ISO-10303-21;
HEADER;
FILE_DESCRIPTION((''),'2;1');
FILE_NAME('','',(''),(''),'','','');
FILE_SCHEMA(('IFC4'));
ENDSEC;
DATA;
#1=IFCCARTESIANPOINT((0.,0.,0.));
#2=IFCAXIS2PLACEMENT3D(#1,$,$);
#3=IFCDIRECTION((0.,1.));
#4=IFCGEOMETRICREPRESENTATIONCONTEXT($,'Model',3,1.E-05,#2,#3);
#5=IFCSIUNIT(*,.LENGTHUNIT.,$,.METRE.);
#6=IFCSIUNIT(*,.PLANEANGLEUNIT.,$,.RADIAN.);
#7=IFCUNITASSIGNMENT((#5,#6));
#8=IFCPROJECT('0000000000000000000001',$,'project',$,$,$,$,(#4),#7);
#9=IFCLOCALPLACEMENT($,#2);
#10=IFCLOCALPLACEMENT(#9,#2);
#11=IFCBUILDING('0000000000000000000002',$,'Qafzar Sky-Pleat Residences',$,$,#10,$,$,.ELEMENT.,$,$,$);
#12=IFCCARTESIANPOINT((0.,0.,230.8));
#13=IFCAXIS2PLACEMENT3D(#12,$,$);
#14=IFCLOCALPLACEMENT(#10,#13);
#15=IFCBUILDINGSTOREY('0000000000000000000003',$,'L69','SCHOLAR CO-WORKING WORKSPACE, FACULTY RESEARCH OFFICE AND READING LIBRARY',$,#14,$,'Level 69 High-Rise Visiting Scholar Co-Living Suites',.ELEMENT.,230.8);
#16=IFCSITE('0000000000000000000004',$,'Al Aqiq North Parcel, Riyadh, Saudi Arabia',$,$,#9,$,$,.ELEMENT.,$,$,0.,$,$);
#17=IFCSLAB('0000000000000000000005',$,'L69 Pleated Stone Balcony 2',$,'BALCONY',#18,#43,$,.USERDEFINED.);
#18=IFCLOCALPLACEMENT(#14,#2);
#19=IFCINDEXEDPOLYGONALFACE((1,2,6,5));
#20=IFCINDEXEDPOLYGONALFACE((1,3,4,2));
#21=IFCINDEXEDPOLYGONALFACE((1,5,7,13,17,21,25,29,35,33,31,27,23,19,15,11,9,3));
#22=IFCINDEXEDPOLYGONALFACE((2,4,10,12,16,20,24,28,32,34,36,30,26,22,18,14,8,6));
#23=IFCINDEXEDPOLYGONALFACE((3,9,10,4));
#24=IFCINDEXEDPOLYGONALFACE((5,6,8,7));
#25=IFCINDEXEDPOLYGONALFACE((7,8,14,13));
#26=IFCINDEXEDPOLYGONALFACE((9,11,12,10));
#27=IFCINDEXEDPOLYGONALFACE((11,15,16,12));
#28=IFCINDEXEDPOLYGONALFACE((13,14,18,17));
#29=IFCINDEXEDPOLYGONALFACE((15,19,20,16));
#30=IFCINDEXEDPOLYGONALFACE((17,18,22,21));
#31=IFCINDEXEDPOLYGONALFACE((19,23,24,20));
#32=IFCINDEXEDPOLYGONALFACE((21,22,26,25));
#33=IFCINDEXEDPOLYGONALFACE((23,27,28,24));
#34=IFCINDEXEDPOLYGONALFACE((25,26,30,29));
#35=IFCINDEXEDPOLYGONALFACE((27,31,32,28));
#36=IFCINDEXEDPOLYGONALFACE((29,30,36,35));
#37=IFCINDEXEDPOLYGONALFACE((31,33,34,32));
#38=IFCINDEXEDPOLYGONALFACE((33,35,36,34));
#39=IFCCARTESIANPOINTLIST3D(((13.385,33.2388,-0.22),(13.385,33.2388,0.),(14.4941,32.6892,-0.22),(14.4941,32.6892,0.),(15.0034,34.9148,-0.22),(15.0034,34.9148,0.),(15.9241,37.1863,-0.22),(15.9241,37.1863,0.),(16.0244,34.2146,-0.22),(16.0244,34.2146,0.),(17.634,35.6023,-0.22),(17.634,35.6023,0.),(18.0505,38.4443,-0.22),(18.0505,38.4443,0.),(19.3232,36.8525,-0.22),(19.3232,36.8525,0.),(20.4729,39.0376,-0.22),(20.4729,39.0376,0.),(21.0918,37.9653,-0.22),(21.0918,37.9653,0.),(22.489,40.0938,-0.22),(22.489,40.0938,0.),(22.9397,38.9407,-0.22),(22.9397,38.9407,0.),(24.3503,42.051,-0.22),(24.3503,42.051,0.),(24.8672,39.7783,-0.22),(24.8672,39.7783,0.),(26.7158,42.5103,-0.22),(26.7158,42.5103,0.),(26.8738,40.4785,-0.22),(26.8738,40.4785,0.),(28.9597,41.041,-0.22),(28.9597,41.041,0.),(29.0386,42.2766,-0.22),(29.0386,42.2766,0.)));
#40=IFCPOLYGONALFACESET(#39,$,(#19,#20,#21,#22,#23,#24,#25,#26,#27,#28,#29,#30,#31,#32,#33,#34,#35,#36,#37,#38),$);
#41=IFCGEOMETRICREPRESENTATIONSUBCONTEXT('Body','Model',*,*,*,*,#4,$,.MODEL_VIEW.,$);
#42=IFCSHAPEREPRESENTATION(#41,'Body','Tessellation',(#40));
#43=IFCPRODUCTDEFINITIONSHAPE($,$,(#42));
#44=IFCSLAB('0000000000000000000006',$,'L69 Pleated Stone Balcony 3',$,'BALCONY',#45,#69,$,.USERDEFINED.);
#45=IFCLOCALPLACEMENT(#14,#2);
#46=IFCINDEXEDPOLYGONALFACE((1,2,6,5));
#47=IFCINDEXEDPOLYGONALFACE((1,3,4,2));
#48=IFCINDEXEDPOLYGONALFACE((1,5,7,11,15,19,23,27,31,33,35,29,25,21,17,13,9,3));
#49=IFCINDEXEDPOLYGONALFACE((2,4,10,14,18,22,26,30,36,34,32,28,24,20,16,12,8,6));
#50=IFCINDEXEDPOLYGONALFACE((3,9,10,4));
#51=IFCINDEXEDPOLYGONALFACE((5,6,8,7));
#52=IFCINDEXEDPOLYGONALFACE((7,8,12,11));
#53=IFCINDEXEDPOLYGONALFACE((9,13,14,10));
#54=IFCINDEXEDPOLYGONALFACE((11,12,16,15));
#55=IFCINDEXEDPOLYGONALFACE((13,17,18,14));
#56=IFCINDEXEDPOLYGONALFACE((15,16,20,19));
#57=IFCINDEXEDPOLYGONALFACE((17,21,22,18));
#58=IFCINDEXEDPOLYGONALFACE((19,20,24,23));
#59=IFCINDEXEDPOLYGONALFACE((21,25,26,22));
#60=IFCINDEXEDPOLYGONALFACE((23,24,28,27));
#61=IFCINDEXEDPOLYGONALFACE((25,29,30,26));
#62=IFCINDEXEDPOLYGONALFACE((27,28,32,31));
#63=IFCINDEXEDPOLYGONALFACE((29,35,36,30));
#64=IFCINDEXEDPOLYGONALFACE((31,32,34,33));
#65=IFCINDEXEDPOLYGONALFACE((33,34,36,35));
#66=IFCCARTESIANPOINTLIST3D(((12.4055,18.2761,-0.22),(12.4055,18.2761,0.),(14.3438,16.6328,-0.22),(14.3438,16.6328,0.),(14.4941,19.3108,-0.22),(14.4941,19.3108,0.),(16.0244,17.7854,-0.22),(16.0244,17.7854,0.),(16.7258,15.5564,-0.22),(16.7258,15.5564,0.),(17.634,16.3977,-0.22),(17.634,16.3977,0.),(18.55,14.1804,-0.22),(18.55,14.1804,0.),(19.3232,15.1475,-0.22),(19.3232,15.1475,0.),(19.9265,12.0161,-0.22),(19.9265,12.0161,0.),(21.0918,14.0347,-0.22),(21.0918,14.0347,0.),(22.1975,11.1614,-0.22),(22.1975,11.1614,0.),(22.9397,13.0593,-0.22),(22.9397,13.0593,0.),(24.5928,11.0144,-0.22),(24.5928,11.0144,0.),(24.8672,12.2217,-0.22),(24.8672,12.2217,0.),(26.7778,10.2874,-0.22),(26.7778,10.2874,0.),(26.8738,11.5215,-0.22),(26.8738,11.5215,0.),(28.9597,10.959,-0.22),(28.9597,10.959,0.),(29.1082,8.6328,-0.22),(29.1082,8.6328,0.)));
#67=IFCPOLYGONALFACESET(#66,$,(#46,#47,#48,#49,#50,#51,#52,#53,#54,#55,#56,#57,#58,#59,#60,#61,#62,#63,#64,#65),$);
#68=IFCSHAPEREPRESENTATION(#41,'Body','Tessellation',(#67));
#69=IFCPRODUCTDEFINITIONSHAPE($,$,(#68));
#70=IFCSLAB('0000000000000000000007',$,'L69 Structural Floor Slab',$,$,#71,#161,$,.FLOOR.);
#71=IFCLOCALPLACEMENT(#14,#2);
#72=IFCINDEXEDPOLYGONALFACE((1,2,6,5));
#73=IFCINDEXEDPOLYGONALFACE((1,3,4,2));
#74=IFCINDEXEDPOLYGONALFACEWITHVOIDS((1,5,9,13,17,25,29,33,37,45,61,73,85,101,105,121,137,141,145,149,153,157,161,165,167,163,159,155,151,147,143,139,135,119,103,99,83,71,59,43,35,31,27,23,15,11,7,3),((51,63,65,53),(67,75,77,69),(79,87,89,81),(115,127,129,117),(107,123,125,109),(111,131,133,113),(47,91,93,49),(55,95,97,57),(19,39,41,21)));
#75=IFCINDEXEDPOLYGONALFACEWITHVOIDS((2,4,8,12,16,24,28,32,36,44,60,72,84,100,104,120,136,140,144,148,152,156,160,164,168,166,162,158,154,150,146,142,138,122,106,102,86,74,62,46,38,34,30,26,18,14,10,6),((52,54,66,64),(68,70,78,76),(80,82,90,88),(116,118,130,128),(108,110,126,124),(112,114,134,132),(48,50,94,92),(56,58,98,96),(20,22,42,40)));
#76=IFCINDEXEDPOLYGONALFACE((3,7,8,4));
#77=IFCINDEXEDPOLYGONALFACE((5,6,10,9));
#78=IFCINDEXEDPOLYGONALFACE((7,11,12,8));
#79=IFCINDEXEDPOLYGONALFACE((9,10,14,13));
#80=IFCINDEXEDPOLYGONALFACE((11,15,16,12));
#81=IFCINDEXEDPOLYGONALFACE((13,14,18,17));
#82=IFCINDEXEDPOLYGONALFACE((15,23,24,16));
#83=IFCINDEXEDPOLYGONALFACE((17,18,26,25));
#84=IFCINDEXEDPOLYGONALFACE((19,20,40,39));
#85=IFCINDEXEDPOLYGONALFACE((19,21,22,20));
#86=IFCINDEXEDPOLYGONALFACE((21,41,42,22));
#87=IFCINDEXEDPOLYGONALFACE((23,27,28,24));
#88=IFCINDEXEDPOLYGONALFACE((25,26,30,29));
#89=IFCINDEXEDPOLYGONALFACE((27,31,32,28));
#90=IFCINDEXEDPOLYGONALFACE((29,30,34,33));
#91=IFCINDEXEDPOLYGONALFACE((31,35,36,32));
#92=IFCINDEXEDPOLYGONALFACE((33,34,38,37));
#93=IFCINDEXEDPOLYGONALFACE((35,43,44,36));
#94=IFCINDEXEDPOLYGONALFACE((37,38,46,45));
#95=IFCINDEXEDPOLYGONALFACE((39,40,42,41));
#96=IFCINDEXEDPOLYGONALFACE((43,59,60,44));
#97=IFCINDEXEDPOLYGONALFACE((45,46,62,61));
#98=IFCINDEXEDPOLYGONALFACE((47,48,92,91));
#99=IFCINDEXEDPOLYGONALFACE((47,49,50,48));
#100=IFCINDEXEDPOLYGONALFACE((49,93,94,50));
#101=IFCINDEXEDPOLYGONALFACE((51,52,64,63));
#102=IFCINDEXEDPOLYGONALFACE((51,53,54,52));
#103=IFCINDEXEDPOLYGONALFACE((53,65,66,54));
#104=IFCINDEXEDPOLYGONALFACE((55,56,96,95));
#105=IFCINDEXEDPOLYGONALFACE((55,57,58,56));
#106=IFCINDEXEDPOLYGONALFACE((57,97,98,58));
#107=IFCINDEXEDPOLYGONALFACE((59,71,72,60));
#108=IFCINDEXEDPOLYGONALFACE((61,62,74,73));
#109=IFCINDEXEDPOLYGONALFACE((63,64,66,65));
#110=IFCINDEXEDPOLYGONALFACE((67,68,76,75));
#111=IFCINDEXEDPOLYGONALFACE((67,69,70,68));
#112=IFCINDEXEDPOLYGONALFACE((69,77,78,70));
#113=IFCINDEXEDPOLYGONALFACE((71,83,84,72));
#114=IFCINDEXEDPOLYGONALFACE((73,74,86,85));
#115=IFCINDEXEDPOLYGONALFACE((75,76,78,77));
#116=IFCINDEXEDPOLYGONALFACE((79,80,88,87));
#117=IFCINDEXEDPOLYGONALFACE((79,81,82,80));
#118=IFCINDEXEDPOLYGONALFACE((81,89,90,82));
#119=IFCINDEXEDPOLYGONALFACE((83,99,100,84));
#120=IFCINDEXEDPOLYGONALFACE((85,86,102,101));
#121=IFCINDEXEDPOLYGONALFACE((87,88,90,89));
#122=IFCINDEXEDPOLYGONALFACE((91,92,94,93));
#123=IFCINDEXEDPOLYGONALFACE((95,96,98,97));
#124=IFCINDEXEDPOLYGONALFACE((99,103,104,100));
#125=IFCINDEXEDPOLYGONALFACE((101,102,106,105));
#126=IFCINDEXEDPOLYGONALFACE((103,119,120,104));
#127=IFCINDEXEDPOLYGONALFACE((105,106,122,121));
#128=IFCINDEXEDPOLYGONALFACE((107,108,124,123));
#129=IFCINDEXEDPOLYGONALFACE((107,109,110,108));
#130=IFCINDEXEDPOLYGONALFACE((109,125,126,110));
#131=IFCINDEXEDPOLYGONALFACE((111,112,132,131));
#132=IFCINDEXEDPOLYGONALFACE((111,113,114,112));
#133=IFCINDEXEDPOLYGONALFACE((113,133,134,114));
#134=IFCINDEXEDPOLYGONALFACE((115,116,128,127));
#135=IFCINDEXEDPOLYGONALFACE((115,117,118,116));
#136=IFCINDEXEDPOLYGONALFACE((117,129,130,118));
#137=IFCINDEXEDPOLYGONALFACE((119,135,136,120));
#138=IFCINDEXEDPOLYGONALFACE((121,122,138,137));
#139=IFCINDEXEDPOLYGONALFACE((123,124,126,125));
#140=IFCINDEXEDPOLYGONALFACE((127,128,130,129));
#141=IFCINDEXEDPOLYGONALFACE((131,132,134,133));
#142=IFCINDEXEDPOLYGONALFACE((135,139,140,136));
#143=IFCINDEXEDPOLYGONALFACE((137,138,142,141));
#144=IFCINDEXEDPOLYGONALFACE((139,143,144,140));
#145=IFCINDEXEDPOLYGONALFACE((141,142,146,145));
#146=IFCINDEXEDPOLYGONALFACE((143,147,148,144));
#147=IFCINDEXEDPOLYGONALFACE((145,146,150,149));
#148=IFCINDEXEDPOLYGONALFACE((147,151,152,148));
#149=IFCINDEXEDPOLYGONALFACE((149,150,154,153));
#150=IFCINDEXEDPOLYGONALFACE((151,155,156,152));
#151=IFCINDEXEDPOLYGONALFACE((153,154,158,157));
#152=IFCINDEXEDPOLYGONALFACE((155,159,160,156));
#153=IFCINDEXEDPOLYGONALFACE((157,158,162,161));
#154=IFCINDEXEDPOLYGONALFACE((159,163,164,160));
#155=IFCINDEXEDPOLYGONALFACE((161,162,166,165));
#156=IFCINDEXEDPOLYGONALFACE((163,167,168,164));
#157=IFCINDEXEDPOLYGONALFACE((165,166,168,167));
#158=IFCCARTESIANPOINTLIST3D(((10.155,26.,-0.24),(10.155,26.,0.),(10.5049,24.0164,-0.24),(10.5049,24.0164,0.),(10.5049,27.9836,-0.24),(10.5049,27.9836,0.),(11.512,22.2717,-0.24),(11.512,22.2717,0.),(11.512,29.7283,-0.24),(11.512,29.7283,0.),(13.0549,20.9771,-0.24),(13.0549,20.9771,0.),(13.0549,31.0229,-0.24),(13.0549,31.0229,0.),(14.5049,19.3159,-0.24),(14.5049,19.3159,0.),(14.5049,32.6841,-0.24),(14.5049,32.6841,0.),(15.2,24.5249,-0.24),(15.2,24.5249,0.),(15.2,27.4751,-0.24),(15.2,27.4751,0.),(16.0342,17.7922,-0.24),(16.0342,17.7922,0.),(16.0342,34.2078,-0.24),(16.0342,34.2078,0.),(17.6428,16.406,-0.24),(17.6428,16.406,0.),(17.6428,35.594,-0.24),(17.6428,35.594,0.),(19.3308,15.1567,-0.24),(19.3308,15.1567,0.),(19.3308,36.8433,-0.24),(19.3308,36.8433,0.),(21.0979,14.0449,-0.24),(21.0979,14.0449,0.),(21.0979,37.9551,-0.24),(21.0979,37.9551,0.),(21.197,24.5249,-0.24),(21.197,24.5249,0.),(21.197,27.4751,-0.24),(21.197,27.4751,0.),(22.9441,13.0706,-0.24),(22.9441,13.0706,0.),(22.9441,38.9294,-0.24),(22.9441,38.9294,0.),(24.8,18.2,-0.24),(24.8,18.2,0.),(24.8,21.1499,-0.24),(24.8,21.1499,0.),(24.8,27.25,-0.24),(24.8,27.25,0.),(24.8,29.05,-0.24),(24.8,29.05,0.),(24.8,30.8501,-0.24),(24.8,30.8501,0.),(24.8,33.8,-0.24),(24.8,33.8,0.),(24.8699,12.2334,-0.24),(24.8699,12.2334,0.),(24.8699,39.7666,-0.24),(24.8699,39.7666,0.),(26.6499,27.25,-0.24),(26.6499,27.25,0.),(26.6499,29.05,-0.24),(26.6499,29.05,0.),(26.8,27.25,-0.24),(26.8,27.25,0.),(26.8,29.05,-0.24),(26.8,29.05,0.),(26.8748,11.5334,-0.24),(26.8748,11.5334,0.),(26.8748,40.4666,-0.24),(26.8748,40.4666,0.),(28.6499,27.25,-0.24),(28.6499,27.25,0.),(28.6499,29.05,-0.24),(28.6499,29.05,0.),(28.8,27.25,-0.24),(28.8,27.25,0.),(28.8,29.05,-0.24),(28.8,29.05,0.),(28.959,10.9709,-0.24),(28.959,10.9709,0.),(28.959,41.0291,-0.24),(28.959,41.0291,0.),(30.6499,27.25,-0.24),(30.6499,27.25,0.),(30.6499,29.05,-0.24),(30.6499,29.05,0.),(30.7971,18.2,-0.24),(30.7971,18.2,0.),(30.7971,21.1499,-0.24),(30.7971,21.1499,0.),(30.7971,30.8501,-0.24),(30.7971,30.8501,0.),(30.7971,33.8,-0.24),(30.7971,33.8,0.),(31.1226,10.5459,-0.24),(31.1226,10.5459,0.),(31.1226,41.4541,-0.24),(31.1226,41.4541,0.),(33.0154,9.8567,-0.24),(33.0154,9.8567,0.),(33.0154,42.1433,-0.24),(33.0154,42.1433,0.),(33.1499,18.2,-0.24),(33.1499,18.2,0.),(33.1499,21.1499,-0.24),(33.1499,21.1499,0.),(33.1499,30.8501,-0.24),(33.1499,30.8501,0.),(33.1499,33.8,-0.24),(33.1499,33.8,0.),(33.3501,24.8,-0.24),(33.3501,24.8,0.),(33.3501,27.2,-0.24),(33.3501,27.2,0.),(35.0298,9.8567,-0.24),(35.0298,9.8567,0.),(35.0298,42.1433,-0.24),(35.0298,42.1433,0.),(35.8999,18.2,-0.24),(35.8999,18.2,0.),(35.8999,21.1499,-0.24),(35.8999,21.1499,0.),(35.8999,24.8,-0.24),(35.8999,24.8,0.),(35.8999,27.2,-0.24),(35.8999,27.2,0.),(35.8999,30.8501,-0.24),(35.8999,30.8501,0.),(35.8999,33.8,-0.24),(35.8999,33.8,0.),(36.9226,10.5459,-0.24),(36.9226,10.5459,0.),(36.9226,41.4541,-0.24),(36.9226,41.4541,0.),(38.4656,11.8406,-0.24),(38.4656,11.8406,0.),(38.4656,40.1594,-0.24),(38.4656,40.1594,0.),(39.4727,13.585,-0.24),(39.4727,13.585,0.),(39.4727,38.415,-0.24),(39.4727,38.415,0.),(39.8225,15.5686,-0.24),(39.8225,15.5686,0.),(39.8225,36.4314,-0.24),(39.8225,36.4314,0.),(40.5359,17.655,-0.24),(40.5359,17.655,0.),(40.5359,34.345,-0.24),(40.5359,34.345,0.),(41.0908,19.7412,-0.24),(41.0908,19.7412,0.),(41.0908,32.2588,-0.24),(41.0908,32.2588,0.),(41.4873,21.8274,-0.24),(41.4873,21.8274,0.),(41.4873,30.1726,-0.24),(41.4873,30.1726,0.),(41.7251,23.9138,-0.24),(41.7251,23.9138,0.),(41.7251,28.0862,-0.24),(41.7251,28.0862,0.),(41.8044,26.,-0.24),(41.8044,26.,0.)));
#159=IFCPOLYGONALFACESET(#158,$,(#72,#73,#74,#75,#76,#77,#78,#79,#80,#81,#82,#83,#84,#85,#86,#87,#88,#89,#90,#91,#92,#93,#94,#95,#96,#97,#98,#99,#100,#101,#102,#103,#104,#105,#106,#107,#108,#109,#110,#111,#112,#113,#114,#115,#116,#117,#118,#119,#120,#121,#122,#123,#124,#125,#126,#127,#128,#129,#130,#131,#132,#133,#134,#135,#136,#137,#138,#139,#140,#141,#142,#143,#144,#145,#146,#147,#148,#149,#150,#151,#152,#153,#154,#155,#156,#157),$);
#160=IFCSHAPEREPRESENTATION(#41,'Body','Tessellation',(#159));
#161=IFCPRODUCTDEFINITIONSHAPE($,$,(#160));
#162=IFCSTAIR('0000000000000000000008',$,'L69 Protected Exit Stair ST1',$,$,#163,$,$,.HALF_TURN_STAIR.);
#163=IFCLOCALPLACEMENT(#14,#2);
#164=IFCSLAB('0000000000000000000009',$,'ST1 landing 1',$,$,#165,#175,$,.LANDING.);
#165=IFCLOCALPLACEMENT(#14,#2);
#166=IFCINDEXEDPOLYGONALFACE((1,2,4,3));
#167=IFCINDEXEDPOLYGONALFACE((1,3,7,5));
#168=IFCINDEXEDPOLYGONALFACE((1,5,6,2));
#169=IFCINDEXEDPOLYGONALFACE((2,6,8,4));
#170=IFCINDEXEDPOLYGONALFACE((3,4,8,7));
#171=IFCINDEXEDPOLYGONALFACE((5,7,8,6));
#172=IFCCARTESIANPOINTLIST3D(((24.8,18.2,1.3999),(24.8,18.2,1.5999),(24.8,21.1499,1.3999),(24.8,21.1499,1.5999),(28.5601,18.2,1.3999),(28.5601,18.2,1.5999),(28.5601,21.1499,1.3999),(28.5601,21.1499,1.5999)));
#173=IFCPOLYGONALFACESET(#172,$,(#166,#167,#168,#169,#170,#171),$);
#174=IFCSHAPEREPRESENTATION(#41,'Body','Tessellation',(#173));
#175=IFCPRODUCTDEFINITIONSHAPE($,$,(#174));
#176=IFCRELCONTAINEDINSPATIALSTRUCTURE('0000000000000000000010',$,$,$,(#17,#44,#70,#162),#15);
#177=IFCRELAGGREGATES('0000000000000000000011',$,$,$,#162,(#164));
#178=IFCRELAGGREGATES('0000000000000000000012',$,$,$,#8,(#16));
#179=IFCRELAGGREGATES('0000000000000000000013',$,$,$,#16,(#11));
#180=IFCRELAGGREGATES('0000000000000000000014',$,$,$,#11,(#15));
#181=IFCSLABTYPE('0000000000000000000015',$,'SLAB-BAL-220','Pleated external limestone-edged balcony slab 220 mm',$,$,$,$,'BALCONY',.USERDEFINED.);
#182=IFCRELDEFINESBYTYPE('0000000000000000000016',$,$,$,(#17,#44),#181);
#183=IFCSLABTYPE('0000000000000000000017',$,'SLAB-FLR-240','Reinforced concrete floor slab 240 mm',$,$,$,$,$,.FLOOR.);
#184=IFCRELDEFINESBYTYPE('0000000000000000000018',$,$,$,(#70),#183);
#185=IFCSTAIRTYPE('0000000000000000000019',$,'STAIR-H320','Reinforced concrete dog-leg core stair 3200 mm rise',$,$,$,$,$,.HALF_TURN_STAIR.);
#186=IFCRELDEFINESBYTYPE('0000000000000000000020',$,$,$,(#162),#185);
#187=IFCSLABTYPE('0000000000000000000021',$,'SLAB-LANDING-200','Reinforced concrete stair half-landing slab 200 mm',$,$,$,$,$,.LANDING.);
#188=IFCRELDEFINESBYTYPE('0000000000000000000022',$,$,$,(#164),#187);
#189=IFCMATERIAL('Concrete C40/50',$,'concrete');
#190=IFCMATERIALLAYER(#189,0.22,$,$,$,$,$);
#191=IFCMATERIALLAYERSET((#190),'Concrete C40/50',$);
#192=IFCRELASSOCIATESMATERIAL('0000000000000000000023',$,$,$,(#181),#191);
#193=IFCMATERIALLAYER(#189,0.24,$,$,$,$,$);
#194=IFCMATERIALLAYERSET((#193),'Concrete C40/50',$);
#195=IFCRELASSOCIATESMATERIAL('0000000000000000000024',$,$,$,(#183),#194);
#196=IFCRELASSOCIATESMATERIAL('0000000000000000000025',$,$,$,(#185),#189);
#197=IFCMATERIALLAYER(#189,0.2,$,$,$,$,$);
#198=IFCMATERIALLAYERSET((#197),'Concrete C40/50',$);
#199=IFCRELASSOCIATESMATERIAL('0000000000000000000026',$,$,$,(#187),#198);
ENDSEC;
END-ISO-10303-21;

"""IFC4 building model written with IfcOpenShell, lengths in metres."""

from ifc_helpers import new_model, si_unit, direction, frame, origin, place, context, subcontext, project, spatial, polyline, outline, extrude, material, layer, layer_set, type_object, element, aggregate, save


model = new_model("IFC4")

# Units and contexts
model_context = context("Model", 3, precision=1e-05, world=origin(), true_north=direction((0.0, 1.0)))
body_context = subcontext(model_context, "Body", "Model", "MODEL_VIEW")
ifc_project = project(units=[si_unit("LENGTHUNIT", "METRE"), si_unit("PLANEANGLEUNIT", "RADIAN")], contexts=[model_context])

# Site, building, storey
site_placement = place(None, origin())
site = spatial("IfcSite", under=ifc_project, at=site_placement, Name="Al Aqiq North Parcel, Riyadh, Saudi Arabia", CompositionType="ELEMENT", RefElevation=0.0)
building_placement = place(site_placement, origin())
building = spatial("IfcBuilding", under=site, at=building_placement, Name="Qafzar Sky-Pleat Residences", CompositionType="ELEMENT")
storey_placement = place(building_placement, frame((0.0, 0.0, 230.8)))
storey = spatial("IfcBuildingStorey", under=building, at=storey_placement, Name="L69", Description="SCHOLAR CO-WORKING WORKSPACE, FACULTY RESEARCH OFFICE AND READING LIBRARY", LongName="Level 69 High-Rise Visiting Scholar Co-Living Suites", CompositionType="ELEMENT", Elevation=230.8)

# Slabs
ifc_material_1 = material(Name="Concrete C40/50", Category="concrete")
ifc_layer_1 = layer(ifc_material_1, 0.22)
ifc_layer_set_1 = layer_set([ifc_layer_1], Name="Concrete C40/50")
slab_type_1 = type_object("IfcSlabType", Name="SLAB-BAL-220", Description="Pleated external limestone-edged balcony slab 220 mm", ElementType="BALCONY", PredefinedType="USERDEFINED", material=ifc_layer_set_1)
slab_1_placement = place(storey_placement, frame((0.0, 0.0, -0.22)))
element("IfcSlab", 1, at=slab_1_placement, inside=storey, type_object=slab_type_1, Name="L69 Pleated Stone Balcony 2", ObjectType="BALCONY", PredefinedType="USERDEFINED", context=body_context, shape_type="SweptSolid", body=[
    extrude(outline(polyline([(26.8738, 40.4785), (24.8672, 39.7783), (22.9397, 38.9407), (21.0918, 37.9653), (19.3232, 36.8525), (17.634, 35.6023), (16.0244, 34.2146), (14.4941, 32.6892), (13.385, 33.2388), (15.0034, 34.9148), (15.9241, 37.1863), (18.0505, 38.4443), (20.4729, 39.0376), (22.489, 40.0938), (24.3503, 42.051), (26.7158, 42.5103), (29.0386, 42.2766), (28.9597, 41.041), (26.8738, 40.4785)])), origin(), (0.0, 0.0, 1.0), 0.22),
])
slab_2_placement = place(storey_placement, frame((0.0, 0.0, -0.22)))
element("IfcSlab", 2, at=slab_2_placement, inside=storey, type_object=slab_type_1, Name="L69 Pleated Stone Balcony 3", ObjectType="BALCONY", PredefinedType="USERDEFINED", context=body_context, shape_type="SweptSolid", body=[
    extrude(outline(polyline([(16.0244, 17.7854), (17.634, 16.3977), (19.3232, 15.1475), (21.0918, 14.0347), (22.9397, 13.0593), (24.8672, 12.2217), (26.8738, 11.5215), (28.9597, 10.959), (29.1082, 8.6328), (26.7778, 10.2874), (24.5928, 11.0144), (22.1975, 11.1614), (19.9265, 12.0161), (18.55, 14.1804), (16.7258, 15.5564), (14.3438, 16.6328), (12.4055, 18.2761), (14.4941, 19.3108), (16.0244, 17.7854)])), origin(), (0.0, 0.0, 1.0), 0.22),
])
ifc_layer_2 = layer(ifc_material_1, 0.24)
ifc_layer_set_2 = layer_set([ifc_layer_2], Name="Concrete C40/50")
slab_type_2 = type_object("IfcSlabType", Name="SLAB-FLR-240", Description="Reinforced concrete floor slab 240 mm", PredefinedType="FLOOR", material=ifc_layer_set_2)
slab_3_placement = place(storey_placement, frame((0.0, 0.0, -0.24)))
element("IfcSlab", 3, at=slab_3_placement, inside=storey, type_object=slab_type_2, Name="L69 Structural Floor Slab", PredefinedType="FLOOR", context=body_context, shape_type="SweptSolid", body=[
    extrude(outline(polyline([(13.0549, 31.0229), (11.512, 29.7283), (10.5049, 27.9836), (10.155, 26.0), (10.5049, 24.0164), (11.512, 22.2717), (13.0549, 20.9771), (14.5049, 19.3159), (16.0342, 17.7922), (17.6428, 16.406), (19.3308, 15.1567), (21.0979, 14.0449), (22.9441, 13.0706), (24.8699, 12.2334), (26.8748, 11.5334), (28.959, 10.9709), (31.1226, 10.5459), (33.0154, 9.8567), (35.0298, 9.8567), (36.9226, 10.5459), (38.4656, 11.8406), (39.4727, 13.585), (39.8225, 15.5686), (40.5359, 17.655), (41.0908, 19.7412), (41.4873, 21.8274), (41.7251, 23.9138), (41.8044, 26.0), (41.7251, 28.0862), (41.4873, 30.1726), (41.0908, 32.2588), (40.5359, 34.345), (39.8225, 36.4314), (39.4727, 38.415), (38.4656, 40.1594), (36.9226, 41.4541), (35.0298, 42.1433), (33.0154, 42.1433), (31.1226, 41.4541), (28.959, 41.0291), (26.8748, 40.4666), (24.8699, 39.7666), (22.9441, 38.9294), (21.0979, 37.9551), (19.3308, 36.8433), (17.6428, 35.594), (16.0342, 34.2078), (14.5049, 32.6841), (13.0549, 31.0229)]), holes=[polyline([(30.7971, 21.1499), (24.8, 21.1499), (24.8, 18.2), (30.7971, 18.2), (30.7971, 21.1499)]), polyline([(30.7971, 33.8), (24.8, 33.8), (24.8, 30.8501), (30.7971, 30.8501), (30.7971, 33.8)]), polyline([(21.197, 27.4751), (15.2, 27.4751), (15.2, 24.5249), (21.197, 24.5249), (21.197, 27.4751)]), polyline([(24.8, 27.25), (26.6499, 27.25), (26.6499, 29.05), (24.8, 29.05), (24.8, 27.25)]), polyline([(26.8, 27.25), (28.6499, 27.25), (28.6499, 29.05), (26.8, 29.05), (26.8, 27.25)]), polyline([(28.8, 27.25), (30.6499, 27.25), (30.6499, 29.05), (28.8, 29.05), (28.8, 27.25)]), polyline([(33.1499, 18.2), (35.8999, 18.2), (35.8999, 21.1499), (33.1499, 21.1499), (33.1499, 18.2)]), polyline([(33.1499, 30.8501), (35.8999, 30.8501), (35.8999, 33.8), (33.1499, 33.8), (33.1499, 30.8501)]), polyline([(33.3501, 24.8), (35.8999, 24.8), (35.8999, 27.2), (33.3501, 27.2), (33.3501, 24.8)])]), origin(), (0.0, 0.0, 1.0), 0.24),
])

# Stair, slab
stair_type = type_object("IfcStairType", Name="STAIR-H320", Description="Reinforced concrete dog-leg core stair 3200 mm rise", PredefinedType="HALF_TURN_STAIR", material=ifc_material_1)
stair_1_placement = place(storey_placement, origin())
stair_1 = element("IfcStair", 4, at=stair_1_placement, inside=storey, type_object=stair_type, Name="L69 Protected Exit Stair ST1", PredefinedType="HALF_TURN_STAIR")
ifc_layer_3 = layer(ifc_material_1, 0.2)
ifc_layer_set_3 = layer_set([ifc_layer_3], Name="Concrete C40/50")
slab_type_3 = type_object("IfcSlabType", Name="SLAB-LANDING-200", Description="Reinforced concrete stair half-landing slab 200 mm", PredefinedType="LANDING", material=ifc_layer_set_3)
slab_4_placement = place(storey_placement, frame((0.0, 0.0, 1.3999)))
slab_4 = element("IfcSlab", 5, at=slab_4_placement, type_object=slab_type_3, Name="ST1 landing 1", PredefinedType="LANDING", context=body_context, shape_type="SweptSolid", body=[
    extrude(outline(polyline([(28.5601, 21.1499), (24.8, 21.1499), (24.8, 18.2), (28.5601, 18.2), (28.5601, 21.1499)])), origin(), (0.0, 0.0, 1.0), 0.2),
])
aggregate(stair_1, [slab_4])

save(model, "model.ifc")
